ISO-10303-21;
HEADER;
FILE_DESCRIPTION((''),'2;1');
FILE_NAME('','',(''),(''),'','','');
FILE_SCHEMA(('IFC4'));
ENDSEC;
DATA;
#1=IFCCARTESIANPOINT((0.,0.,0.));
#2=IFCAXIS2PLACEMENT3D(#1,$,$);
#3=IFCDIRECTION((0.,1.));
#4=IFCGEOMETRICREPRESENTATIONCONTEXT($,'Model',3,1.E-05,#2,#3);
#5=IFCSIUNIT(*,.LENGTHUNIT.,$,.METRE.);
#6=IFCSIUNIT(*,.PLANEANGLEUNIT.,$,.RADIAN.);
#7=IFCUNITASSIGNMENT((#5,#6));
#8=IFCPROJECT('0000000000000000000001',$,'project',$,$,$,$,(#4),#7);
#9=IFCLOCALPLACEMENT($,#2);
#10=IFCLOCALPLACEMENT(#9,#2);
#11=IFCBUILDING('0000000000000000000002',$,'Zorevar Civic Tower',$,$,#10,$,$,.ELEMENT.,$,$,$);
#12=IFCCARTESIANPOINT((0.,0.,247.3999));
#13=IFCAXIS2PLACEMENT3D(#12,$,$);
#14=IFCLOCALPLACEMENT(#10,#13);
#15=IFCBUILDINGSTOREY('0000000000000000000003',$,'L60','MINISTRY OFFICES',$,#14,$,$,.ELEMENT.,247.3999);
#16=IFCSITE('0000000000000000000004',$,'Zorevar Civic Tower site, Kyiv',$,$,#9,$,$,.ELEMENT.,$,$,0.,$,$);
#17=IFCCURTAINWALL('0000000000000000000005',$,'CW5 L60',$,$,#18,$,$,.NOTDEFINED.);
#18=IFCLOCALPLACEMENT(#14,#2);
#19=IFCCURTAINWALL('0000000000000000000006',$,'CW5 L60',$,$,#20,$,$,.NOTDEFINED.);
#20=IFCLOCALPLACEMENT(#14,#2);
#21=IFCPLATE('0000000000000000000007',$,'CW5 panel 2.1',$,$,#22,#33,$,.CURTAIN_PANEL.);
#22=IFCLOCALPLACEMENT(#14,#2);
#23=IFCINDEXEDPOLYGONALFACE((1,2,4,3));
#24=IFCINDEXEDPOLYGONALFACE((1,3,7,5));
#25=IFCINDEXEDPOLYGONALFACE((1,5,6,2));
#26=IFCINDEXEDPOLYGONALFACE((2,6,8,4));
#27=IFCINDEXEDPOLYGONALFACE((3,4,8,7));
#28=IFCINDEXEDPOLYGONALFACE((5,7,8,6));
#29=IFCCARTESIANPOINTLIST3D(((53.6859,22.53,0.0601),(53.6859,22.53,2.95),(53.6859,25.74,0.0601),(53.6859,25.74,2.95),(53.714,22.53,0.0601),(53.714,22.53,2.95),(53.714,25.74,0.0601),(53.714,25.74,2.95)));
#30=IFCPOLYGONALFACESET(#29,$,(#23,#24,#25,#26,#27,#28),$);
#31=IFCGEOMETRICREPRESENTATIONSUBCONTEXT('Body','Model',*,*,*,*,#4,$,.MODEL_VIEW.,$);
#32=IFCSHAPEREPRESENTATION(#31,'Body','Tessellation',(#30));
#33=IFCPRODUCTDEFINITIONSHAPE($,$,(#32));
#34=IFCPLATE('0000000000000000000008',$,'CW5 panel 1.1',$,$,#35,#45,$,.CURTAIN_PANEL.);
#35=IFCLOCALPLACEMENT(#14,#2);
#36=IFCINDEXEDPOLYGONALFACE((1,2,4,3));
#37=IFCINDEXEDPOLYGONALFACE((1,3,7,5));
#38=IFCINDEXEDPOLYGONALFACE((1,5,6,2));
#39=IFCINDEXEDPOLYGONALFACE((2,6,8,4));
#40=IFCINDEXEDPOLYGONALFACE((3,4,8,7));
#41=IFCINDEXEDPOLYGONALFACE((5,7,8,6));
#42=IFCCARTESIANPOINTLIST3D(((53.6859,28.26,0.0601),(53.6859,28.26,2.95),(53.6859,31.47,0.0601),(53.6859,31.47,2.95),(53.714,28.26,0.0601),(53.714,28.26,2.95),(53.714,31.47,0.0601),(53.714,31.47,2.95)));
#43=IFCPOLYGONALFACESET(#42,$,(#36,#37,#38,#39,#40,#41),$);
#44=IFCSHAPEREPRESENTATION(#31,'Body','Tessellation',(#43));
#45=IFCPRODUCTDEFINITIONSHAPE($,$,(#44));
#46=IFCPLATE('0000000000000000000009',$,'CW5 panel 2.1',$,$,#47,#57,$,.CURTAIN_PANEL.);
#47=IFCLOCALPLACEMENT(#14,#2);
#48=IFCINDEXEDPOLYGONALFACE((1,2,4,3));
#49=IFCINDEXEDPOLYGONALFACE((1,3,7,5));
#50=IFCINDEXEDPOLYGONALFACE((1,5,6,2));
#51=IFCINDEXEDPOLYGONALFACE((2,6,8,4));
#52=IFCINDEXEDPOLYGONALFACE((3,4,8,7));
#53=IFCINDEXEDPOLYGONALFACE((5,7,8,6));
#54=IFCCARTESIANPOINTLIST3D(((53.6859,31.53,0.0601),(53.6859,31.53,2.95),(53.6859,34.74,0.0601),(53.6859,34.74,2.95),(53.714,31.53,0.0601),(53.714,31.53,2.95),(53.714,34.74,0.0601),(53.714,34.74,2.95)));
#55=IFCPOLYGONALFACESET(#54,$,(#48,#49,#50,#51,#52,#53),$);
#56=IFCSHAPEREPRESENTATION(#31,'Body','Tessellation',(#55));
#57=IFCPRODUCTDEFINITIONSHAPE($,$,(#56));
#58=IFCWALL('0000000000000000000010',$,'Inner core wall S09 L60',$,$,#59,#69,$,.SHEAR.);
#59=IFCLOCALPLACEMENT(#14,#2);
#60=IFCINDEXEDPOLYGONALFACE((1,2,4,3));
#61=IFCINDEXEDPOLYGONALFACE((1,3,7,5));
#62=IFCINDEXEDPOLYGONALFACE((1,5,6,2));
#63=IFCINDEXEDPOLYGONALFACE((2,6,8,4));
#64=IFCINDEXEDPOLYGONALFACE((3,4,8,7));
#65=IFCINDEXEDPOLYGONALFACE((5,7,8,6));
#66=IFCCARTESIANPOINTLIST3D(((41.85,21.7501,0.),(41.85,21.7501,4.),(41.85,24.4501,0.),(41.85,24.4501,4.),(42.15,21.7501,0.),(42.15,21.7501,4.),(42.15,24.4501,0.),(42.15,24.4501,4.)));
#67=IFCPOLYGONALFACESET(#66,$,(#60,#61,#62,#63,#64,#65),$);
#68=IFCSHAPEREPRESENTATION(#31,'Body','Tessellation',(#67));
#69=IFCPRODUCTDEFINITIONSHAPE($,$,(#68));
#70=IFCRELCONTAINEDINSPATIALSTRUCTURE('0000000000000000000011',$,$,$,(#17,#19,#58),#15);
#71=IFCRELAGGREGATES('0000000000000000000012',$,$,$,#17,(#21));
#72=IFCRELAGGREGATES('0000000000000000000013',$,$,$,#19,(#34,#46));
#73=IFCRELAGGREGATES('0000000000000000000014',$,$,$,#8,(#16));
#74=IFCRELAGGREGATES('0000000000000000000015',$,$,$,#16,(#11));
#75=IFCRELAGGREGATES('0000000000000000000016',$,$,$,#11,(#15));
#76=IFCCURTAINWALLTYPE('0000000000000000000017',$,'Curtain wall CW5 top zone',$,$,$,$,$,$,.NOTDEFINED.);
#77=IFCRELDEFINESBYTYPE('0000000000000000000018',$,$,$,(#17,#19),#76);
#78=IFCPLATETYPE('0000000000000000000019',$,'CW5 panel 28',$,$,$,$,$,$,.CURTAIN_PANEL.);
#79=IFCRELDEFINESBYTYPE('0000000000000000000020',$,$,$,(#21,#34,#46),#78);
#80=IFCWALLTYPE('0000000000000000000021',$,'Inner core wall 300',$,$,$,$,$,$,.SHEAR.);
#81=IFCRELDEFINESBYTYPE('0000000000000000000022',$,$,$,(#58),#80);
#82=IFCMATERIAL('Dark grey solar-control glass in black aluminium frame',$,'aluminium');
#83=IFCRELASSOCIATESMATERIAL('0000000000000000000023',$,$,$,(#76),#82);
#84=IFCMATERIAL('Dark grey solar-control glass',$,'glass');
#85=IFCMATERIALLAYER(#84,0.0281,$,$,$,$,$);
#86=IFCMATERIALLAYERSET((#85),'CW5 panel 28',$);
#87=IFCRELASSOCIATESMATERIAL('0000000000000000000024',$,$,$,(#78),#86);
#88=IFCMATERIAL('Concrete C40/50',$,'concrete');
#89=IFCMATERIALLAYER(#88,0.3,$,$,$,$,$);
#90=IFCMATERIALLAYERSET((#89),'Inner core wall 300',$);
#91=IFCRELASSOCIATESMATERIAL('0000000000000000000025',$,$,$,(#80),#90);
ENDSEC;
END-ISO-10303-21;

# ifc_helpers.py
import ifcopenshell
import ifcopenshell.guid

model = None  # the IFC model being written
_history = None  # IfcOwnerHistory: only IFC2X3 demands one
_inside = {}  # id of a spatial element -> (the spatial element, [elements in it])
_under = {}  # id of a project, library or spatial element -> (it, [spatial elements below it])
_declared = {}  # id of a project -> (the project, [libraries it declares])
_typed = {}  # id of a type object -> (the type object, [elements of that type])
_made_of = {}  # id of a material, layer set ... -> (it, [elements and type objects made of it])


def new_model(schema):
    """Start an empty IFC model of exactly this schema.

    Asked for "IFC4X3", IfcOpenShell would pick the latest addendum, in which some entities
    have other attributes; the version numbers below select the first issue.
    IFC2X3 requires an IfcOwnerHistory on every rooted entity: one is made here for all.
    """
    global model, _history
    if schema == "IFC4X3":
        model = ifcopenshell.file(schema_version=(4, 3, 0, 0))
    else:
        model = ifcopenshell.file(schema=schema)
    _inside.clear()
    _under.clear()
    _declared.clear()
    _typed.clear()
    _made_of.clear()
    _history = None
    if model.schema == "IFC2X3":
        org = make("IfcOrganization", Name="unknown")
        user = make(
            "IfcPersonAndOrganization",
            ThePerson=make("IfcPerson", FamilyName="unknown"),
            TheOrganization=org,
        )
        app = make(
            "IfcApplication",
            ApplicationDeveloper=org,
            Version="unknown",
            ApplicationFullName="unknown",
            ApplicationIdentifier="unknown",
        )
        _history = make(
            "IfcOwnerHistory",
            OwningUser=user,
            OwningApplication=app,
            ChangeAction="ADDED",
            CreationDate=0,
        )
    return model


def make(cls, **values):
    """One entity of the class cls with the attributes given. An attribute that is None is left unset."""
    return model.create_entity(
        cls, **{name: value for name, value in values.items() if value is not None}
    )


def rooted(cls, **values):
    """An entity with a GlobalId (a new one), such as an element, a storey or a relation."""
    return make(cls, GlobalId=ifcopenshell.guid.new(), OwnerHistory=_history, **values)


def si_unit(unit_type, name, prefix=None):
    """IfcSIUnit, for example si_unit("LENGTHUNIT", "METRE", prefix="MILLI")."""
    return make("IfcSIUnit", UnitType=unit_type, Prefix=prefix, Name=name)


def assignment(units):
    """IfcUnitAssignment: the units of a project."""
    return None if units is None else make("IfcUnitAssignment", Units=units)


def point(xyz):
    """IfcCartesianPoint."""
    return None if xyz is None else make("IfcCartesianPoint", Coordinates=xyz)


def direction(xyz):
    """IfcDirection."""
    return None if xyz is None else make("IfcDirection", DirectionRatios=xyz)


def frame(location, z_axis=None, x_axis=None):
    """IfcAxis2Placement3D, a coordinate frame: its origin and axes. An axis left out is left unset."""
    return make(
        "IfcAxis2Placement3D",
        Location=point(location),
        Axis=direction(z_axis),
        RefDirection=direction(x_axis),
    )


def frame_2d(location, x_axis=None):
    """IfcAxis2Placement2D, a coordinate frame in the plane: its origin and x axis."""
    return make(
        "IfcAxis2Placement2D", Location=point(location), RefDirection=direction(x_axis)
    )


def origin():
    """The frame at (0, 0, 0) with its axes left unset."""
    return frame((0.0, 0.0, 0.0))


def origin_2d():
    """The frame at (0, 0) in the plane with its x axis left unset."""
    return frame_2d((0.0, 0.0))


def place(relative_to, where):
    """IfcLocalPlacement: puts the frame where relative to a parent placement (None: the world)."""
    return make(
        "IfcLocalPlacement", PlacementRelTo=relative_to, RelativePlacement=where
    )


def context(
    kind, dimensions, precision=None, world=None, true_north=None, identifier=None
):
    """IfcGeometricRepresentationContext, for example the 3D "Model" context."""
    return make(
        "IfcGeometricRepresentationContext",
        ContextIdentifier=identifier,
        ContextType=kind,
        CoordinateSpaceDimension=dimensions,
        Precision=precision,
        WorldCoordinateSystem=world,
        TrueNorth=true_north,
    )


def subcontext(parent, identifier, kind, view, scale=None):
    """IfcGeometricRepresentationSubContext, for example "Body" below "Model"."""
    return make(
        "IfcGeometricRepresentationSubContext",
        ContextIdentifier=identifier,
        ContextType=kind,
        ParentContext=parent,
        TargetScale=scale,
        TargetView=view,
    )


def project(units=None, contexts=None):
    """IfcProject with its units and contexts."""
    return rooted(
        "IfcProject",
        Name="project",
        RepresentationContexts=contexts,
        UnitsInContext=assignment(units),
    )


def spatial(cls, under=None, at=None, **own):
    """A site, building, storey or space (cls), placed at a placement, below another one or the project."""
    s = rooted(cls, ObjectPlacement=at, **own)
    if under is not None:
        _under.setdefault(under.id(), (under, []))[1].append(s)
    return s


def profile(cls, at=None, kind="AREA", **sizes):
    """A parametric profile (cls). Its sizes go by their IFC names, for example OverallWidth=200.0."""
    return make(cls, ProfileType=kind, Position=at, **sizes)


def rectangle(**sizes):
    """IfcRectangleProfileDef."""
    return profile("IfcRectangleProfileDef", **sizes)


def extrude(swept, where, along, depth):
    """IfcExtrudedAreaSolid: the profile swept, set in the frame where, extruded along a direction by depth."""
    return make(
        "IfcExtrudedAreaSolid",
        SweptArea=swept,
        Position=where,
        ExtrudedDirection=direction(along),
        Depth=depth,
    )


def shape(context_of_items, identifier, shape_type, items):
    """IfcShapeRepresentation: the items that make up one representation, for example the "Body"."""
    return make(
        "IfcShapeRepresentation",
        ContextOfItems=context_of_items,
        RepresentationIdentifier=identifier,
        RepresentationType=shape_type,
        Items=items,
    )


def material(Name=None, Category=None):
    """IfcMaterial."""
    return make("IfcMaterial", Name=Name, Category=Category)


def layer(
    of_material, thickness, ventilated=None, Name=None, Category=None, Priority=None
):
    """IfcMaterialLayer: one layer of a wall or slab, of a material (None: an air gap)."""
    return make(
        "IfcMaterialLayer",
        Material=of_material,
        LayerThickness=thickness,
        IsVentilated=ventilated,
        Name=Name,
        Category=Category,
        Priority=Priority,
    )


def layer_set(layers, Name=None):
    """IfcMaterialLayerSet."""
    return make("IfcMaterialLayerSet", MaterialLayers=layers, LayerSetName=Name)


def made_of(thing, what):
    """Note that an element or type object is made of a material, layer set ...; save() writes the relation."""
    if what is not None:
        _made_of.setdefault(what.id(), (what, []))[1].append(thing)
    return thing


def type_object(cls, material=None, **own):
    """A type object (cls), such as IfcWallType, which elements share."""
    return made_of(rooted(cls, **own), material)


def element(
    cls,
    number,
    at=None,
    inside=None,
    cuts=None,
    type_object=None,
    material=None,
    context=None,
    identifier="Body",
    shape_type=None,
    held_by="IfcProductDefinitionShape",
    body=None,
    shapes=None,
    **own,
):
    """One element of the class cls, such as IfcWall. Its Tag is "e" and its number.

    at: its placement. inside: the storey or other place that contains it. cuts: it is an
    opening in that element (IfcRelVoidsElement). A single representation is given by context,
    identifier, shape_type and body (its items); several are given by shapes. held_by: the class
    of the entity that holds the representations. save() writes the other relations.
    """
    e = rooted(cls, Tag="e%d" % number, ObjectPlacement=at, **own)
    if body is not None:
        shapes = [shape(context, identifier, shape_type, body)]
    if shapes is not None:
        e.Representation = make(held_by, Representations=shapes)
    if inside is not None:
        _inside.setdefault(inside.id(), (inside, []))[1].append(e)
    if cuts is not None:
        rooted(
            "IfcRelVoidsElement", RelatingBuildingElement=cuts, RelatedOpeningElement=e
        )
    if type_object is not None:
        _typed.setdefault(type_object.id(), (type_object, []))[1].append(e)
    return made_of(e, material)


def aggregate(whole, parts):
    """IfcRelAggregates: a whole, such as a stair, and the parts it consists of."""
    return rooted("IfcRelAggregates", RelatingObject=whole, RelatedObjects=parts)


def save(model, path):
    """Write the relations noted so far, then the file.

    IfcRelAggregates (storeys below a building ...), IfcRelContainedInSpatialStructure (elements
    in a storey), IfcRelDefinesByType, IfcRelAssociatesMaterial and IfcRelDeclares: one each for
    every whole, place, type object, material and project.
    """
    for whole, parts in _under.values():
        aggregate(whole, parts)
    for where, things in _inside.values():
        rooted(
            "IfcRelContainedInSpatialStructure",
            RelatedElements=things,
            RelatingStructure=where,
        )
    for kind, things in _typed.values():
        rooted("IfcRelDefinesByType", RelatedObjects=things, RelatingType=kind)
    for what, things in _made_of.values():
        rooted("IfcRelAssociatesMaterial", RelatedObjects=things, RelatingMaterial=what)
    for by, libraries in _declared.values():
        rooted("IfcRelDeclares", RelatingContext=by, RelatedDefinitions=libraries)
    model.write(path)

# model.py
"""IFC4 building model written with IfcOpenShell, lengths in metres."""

from ifc_helpers import new_model, si_unit, direction, frame, frame_2d, origin, origin_2d, place, context, subcontext, project, spatial, rectangle, extrude, material, layer, layer_set, type_object, element, aggregate, save


model = new_model("IFC4")

# Units and contexts
model_context = context("Model", 3, precision=1e-05, world=origin(), true_north=direction((0.0, 1.0)))
body_context = subcontext(model_context, "Body", "Model", "MODEL_VIEW")
ifc_project = project(units=[si_unit("LENGTHUNIT", "METRE"), si_unit("PLANEANGLEUNIT", "RADIAN")], contexts=[model_context])

# Site, building, storey
site_placement = place(None, origin())
site = spatial("IfcSite", under=ifc_project, at=site_placement, Name="Zorevar Civic Tower site, Kyiv", CompositionType="ELEMENT", RefElevation=0.0)
building_placement = place(site_placement, origin())
building = spatial("IfcBuilding", under=site, at=building_placement, Name="Zorevar Civic Tower", CompositionType="ELEMENT")
storey_placement = place(building_placement, frame((0.0, 0.0, 247.3999)))
storey = spatial("IfcBuildingStorey", under=building, at=storey_placement, Name="L60", Description="MINISTRY OFFICES", CompositionType="ELEMENT", Elevation=247.3999)

# Curtain walls
ifc_material_1 = material(Name="Dark grey solar-control glass in black aluminium frame", Category="aluminium")
curtain_wall_type = type_object("IfcCurtainWallType", Name="Curtain wall CW5 top zone", PredefinedType="NOTDEFINED", material=ifc_material_1)
curtain_wall_1_placement = place(storey_placement, origin())
curtain_wall_1 = element("IfcCurtainWall", 1, at=curtain_wall_1_placement, inside=storey, type_object=curtain_wall_type, Name="CW5 L60", PredefinedType="NOTDEFINED")
curtain_wall_2_placement = place(storey_placement, origin())
curtain_wall_2 = element("IfcCurtainWall", 2, at=curtain_wall_2_placement, inside=storey, type_object=curtain_wall_type, Name="CW5 L60", PredefinedType="NOTDEFINED")

# Plates
ifc_material_2 = material(Name="Dark grey solar-control glass", Category="glass")
ifc_layer_1 = layer(ifc_material_2, 0.0281)
ifc_layer_set_1 = layer_set([ifc_layer_1], Name="CW5 panel 28")
plate_type = type_object("IfcPlateType", Name="CW5 panel 28", PredefinedType="CURTAIN_PANEL", material=ifc_layer_set_1)
plate_1_placement = place(storey_placement, frame((53.7, 24.135, 0.0601), z_axis=(0.0, 0.0, 1.0), x_axis=(0.0, 1.0, 0.0)))
plate_1 = element("IfcPlate", 3, at=plate_1_placement, type_object=plate_type, Name="CW5 panel 2.1", PredefinedType="CURTAIN_PANEL", context=body_context, shape_type="SweptSolid", body=[
    extrude(rectangle(XDim=3.21, YDim=0.0281, at=origin_2d()), origin(), (0.0, 0.0, 1.0), 2.8899),
])
aggregate(curtain_wall_1, [plate_1])
plate_2_placement = place(storey_placement, frame((53.7, 29.865, 0.0601), z_axis=(0.0, 0.0, 1.0), x_axis=(0.0, 1.0, 0.0)))
plate_2 = element("IfcPlate", 4, at=plate_2_placement, type_object=plate_type, Name="CW5 panel 1.1", PredefinedType="CURTAIN_PANEL", context=body_context, shape_type="SweptSolid", body=[
    extrude(rectangle(XDim=3.21, YDim=0.0281, at=origin_2d()), origin(), (0.0, 0.0, 1.0), 2.8899),
])
plate_3_placement = place(storey_placement, frame((53.7, 33.135, 0.0601), z_axis=(0.0, 0.0, 1.0), x_axis=(0.0, 1.0, 0.0)))
plate_3 = element("IfcPlate", 5, at=plate_3_placement, type_object=plate_type, Name="CW5 panel 2.1", PredefinedType="CURTAIN_PANEL", context=body_context, shape_type="SweptSolid", body=[
    extrude(rectangle(XDim=3.21, YDim=0.0281, at=origin_2d()), origin(), (0.0, 0.0, 1.0), 2.8899),
])
aggregate(curtain_wall_2, [plate_2, plate_3])

# Shared definitions
ifc_material_3 = material(Name="Concrete C40/50", Category="concrete")
ifc_layer_2 = layer(ifc_material_3, 0.3)
ifc_layer_set_2 = layer_set([ifc_layer_2], Name="Inner core wall 300")
wall_type_1 = type_object("IfcWallType", Name="Inner core wall 300", PredefinedType="SHEAR", material=ifc_layer_set_2)

# Wall
wall_1_placement = place(storey_placement, frame((42.0, 21.75, 0.0), z_axis=(0.0, 0.0, 1.0), x_axis=(0.0, 1.0, 0.0)))
element("IfcWall", 6, at=wall_1_placement, inside=storey, type_object=wall_type_1, Name="Inner core wall S09 L60", PredefinedType="SHEAR", context=body_context, shape_type="SweptSolid", body=[
    extrude(rectangle(XDim=2.7, YDim=0.3, at=frame_2d((1.3501, 0.0))), origin(), (0.0, 0.0, 1.0), 4.0),
])

save(model, "model.ifc")
